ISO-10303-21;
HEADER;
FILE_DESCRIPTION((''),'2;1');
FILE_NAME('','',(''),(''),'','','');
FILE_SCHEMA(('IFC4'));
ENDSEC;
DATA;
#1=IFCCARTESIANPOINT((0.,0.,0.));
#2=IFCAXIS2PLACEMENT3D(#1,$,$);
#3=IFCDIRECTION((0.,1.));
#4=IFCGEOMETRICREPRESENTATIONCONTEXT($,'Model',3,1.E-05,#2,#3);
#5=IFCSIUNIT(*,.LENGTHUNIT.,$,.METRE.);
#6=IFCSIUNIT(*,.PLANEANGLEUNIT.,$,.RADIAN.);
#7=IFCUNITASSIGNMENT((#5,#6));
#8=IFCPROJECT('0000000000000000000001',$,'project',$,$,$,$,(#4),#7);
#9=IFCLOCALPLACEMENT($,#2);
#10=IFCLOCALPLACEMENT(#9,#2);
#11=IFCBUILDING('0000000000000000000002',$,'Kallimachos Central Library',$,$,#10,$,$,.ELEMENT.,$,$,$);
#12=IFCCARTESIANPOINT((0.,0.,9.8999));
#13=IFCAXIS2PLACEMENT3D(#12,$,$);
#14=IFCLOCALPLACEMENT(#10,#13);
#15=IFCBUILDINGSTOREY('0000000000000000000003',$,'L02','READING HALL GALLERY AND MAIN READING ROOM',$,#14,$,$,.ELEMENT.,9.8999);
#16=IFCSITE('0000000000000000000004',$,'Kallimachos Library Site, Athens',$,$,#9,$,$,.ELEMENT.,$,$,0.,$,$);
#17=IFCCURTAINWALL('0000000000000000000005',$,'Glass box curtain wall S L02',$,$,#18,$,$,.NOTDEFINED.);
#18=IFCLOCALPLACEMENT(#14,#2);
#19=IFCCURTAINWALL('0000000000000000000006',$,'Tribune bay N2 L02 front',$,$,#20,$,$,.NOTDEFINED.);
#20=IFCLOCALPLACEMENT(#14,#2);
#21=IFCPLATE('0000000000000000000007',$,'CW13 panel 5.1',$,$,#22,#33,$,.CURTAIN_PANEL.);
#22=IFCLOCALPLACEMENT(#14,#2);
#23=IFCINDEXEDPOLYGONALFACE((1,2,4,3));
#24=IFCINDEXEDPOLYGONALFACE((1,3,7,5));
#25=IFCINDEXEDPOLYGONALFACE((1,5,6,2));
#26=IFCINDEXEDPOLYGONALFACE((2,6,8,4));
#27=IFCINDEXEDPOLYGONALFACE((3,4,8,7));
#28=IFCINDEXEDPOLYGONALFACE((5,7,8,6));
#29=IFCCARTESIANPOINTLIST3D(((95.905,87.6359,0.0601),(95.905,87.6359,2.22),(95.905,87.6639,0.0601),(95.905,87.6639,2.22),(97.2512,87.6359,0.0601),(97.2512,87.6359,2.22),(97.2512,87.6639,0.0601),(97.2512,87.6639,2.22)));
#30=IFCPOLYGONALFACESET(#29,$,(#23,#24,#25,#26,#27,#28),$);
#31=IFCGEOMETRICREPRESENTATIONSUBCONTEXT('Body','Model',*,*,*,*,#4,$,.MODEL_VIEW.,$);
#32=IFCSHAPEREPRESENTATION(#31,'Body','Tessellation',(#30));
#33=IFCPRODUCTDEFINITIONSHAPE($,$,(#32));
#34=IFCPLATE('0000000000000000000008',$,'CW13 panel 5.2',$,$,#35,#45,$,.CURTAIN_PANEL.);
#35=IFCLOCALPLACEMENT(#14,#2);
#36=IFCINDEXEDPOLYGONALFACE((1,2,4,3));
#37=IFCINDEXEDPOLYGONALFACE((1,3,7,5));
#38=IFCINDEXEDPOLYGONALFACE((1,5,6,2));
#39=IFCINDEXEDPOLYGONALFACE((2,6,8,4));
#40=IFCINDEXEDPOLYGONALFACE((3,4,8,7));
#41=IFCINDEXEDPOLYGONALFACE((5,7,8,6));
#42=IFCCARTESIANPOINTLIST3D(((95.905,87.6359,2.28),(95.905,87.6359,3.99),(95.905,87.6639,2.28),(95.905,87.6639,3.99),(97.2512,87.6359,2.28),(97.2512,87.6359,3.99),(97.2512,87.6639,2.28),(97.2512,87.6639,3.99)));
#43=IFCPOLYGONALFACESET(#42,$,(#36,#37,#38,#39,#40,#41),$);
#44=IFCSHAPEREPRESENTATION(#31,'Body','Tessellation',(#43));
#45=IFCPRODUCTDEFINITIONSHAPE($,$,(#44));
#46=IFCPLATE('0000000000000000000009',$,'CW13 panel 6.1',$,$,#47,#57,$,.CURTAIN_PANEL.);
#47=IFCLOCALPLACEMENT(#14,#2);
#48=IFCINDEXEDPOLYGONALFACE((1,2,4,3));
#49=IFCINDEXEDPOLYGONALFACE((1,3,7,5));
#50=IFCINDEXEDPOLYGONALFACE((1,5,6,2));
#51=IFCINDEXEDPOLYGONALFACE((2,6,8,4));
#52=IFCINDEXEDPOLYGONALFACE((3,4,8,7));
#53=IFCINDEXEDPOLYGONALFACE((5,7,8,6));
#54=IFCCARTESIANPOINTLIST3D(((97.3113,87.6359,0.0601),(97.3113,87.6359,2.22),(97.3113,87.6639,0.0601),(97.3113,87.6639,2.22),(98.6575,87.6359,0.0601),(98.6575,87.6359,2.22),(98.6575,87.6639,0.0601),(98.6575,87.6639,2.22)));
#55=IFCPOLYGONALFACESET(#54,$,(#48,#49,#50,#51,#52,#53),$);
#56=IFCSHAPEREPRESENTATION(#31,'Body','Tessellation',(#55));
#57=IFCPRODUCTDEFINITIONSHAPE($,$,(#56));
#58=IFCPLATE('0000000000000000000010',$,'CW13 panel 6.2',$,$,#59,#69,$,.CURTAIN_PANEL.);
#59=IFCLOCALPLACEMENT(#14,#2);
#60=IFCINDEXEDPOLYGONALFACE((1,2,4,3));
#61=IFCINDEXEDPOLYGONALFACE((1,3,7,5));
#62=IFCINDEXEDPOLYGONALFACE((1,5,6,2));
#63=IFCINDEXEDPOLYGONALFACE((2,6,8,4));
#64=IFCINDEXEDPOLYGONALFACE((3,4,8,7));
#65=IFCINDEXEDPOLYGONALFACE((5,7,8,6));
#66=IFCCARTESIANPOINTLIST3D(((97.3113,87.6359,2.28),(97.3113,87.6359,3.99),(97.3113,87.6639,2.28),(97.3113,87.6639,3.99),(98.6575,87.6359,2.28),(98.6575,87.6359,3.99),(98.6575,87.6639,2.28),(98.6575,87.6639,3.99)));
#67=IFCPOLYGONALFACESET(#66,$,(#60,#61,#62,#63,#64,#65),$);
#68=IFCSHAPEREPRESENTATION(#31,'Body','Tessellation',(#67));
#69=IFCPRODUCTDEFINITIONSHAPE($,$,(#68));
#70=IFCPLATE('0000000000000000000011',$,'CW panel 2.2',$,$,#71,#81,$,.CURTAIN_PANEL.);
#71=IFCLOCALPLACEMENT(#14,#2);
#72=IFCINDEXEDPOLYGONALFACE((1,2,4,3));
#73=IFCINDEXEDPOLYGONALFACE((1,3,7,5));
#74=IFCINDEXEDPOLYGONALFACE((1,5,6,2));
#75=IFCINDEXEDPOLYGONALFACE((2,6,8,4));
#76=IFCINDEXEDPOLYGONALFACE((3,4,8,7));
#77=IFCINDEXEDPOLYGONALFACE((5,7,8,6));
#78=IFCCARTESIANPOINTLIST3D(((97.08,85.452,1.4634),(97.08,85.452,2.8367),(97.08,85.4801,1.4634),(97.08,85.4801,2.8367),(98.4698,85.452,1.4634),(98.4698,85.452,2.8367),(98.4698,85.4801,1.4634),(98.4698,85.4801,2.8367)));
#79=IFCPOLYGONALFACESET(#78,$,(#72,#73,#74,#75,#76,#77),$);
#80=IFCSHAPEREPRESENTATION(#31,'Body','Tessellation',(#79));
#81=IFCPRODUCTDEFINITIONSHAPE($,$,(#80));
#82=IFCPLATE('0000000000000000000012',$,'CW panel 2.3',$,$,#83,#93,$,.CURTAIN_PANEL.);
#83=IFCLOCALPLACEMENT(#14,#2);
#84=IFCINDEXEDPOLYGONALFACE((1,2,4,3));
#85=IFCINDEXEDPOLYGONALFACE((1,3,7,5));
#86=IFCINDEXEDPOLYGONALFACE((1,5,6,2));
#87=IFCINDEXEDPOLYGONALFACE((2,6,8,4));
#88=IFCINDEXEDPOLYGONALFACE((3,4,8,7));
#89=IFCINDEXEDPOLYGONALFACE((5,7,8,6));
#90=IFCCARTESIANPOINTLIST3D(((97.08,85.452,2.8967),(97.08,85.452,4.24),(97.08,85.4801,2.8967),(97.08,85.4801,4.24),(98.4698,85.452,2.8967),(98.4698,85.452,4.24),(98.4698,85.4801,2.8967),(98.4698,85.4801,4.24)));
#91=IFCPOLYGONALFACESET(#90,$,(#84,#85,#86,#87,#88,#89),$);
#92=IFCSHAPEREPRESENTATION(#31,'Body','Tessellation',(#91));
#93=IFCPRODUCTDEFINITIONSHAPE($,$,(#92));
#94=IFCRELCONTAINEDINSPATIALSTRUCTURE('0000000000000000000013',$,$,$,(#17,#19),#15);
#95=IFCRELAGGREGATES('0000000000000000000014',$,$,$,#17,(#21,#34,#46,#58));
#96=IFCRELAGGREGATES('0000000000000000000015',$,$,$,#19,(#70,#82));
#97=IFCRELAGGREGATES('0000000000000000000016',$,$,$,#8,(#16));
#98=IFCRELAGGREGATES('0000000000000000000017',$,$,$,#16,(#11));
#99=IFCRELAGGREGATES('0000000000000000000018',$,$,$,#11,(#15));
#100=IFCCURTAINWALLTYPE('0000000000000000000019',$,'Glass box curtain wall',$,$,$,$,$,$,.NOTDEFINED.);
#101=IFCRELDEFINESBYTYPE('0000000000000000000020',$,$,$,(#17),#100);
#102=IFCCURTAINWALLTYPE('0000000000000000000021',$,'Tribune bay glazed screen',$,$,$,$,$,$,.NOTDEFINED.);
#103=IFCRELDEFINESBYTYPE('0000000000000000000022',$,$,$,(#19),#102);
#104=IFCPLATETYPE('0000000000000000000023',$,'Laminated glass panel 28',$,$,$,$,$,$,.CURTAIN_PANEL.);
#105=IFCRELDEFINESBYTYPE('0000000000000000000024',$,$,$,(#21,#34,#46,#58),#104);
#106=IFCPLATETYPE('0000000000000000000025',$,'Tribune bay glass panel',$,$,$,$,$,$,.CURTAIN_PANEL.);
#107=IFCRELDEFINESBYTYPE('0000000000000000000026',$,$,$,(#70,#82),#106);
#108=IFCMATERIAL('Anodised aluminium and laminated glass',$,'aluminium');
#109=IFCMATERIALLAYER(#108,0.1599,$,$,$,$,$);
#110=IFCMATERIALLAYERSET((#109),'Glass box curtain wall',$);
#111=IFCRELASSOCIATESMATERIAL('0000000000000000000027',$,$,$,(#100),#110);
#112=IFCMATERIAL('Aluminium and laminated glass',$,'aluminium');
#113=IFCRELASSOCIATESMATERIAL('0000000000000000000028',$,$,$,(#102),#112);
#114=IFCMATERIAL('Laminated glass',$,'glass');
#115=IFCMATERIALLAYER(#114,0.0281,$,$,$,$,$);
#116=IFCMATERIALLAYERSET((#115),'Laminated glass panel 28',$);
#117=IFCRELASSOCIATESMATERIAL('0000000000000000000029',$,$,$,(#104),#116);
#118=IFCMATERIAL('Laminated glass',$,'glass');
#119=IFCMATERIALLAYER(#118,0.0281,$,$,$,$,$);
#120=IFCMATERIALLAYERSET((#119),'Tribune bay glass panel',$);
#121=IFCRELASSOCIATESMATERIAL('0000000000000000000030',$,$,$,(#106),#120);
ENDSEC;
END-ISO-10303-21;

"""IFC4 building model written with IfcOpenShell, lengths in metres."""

from ifc_helpers import new_model, si_unit, direction, frame, origin, origin_2d, place, context, subcontext, project, spatial, rectangle, extrude, material, layer, layer_set, type_object, element, aggregate, save


model = new_model("IFC4")

# Units and contexts
model_context = context("Model", 3, precision=1e-05, world=origin(), true_north=direction((0.0, 1.0)))
body_context = subcontext(model_context, "Body", "Model", "MODEL_VIEW")
ifc_project = project(units=[si_unit("LENGTHUNIT", "METRE"), si_unit("PLANEANGLEUNIT", "RADIAN")], contexts=[model_context])

# Site, building, storey
site_placement = place(None, origin())
site = spatial("IfcSite", under=ifc_project, at=site_placement, Name="Kallimachos Library Site, Athens", CompositionType="ELEMENT", RefElevation=0.0)
building_placement = place(site_placement, origin())
building = spatial("IfcBuilding", under=site, at=building_placement, Name="Kallimachos Central Library", CompositionType="ELEMENT")
storey_placement = place(building_placement, frame((0.0, 0.0, 9.8999)))
storey = spatial("IfcBuildingStorey", under=building, at=storey_placement, Name="L02", Description="READING HALL GALLERY AND MAIN READING ROOM", CompositionType="ELEMENT", Elevation=9.8999)

# Curtain wall
ifc_material_1 = material(Name="Anodised aluminium and laminated glass", Category="aluminium")
ifc_layer_1 = layer(ifc_material_1, 0.1599)
ifc_layer_set_1 = layer_set([ifc_layer_1], Name="Glass box curtain wall")
curtain_wall_type_1 = type_object("IfcCurtainWallType", Name="Glass box curtain wall", PredefinedType="NOTDEFINED", material=ifc_layer_set_1)
curtain_wall_1_placement = place(storey_placement, origin())
curtain_wall_1 = element("IfcCurtainWall", 1, at=curtain_wall_1_placement, inside=storey, type_object=curtain_wall_type_1, Name="Glass box curtain wall S L02", PredefinedType="NOTDEFINED")

# Curtain wall
ifc_material_2 = material(Name="Aluminium and laminated glass", Category="aluminium")
curtain_wall_type_2 = type_object("IfcCurtainWallType", Name="Tribune bay glazed screen", PredefinedType="NOTDEFINED", material=ifc_material_2)
curtain_wall_2_placement = place(storey_placement, origin())
curtain_wall_2 = element("IfcCurtainWall", 2, at=curtain_wall_2_placement, inside=storey, type_object=curtain_wall_type_2, Name="Tribune bay N2 L02 front", PredefinedType="NOTDEFINED")

# Plates
ifc_material_3 = material(Name="Laminated glass", Category="glass")
ifc_layer_2 = layer(ifc_material_3, 0.0281)
ifc_layer_set_2 = layer_set([ifc_layer_2], Name="Laminated glass panel 28")
plate_type_1 = type_object("IfcPlateType", Name="Laminated glass panel 28", PredefinedType="CURTAIN_PANEL", material=ifc_layer_set_2)
plate_1_placement = place(storey_placement, frame((96.5781, 87.6499, 0.0601), z_axis=(0.0, 0.0, 1.0), x_axis=(1.0, 0.0, 0.0)))
plate_1 = element("IfcPlate", 3, at=plate_1_placement, type_object=plate_type_1, Name="CW13 panel 5.1", PredefinedType="CURTAIN_PANEL", context=body_context, shape_type="SweptSolid", body=[
    extrude(rectangle(XDim=1.3462, YDim=0.0281, at=origin_2d()), origin(), (0.0, 0.0, 1.0), 2.1599),
])
plate_2_placement = place(storey_placement, frame((96.5781, 87.6499, 2.28), z_axis=(0.0, 0.0, 1.0), x_axis=(1.0, 0.0, 0.0)))
plate_2 = element("IfcPlate", 4, at=plate_2_placement, type_object=plate_type_1, Name="CW13 panel 5.2", PredefinedType="CURTAIN_PANEL", context=body_context, shape_type="SweptSolid", body=[
    extrude(rectangle(XDim=1.3462, YDim=0.0281, at=origin_2d()), origin(), (0.0, 0.0, 1.0), 1.71),
])
plate_3_placement = place(storey_placement, frame((97.9844, 87.6499, 0.0601), z_axis=(0.0, 0.0, 1.0), x_axis=(1.0, 0.0, 0.0)))
plate_3 = element("IfcPlate", 5, at=plate_3_placement, type_object=plate_type_1, Name="CW13 panel 6.1", PredefinedType="CURTAIN_PANEL", context=body_context, shape_type="SweptSolid", body=[
    extrude(rectangle(XDim=1.3462, YDim=0.0281, at=origin_2d()), origin(), (0.0, 0.0, 1.0), 2.1599),
])
plate_4_placement = place(storey_placement, frame((97.9844, 87.6499, 2.28), z_axis=(0.0, 0.0, 1.0), x_axis=(1.0, 0.0, 0.0)))
plate_4 = element("IfcPlate", 6, at=plate_4_placement, type_object=plate_type_1, Name="CW13 panel 6.2", PredefinedType="CURTAIN_PANEL", context=body_context, shape_type="SweptSolid", body=[
    extrude(rectangle(XDim=1.3462, YDim=0.0281, at=origin_2d()), origin(), (0.0, 0.0, 1.0), 1.71),
])
aggregate(curtain_wall_1, [plate_1, plate_2, plate_3, plate_4])
ifc_material_4 = material(Name="Laminated glass", Category="glass")
ifc_layer_3 = layer(ifc_material_4, 0.0281)
ifc_layer_set_3 = layer_set([ifc_layer_3], Name="Tribune bay glass panel")
plate_type_2 = type_object("IfcPlateType", Name="Tribune bay glass panel", PredefinedType="CURTAIN_PANEL", material=ifc_layer_set_3)
plate_5_placement = place(storey_placement, frame((97.7749, 85.4661, 1.4634), z_axis=(0.0, 0.0, 1.0), x_axis=(1.0, 0.0, 0.0)))
plate_5 = element("IfcPlate", 7, at=plate_5_placement, type_object=plate_type_2, Name="CW panel 2.2", PredefinedType="CURTAIN_PANEL", context=body_context, shape_type="SweptSolid", body=[
    extrude(rectangle(XDim=1.3899, YDim=0.0281, at=origin_2d()), origin(), (0.0, 0.0, 1.0), 1.3733),
])
plate_6_placement = place(storey_placement, frame((97.7749, 85.4661, 2.8967), z_axis=(0.0, 0.0, 1.0), x_axis=(1.0, 0.0, 0.0)))
plate_6 = element("IfcPlate", 8, at=plate_6_placement, type_object=plate_type_2, Name="CW panel 2.3", PredefinedType="CURTAIN_PANEL", context=body_context, shape_type="SweptSolid", body=[
    extrude(rectangle(XDim=1.3899, YDim=0.0281, at=origin_2d()), origin(), (0.0, 0.0, 1.0), 1.3433),
])
aggregate(curtain_wall_2, [plate_5, plate_6])

save(model, "model.ifc")
